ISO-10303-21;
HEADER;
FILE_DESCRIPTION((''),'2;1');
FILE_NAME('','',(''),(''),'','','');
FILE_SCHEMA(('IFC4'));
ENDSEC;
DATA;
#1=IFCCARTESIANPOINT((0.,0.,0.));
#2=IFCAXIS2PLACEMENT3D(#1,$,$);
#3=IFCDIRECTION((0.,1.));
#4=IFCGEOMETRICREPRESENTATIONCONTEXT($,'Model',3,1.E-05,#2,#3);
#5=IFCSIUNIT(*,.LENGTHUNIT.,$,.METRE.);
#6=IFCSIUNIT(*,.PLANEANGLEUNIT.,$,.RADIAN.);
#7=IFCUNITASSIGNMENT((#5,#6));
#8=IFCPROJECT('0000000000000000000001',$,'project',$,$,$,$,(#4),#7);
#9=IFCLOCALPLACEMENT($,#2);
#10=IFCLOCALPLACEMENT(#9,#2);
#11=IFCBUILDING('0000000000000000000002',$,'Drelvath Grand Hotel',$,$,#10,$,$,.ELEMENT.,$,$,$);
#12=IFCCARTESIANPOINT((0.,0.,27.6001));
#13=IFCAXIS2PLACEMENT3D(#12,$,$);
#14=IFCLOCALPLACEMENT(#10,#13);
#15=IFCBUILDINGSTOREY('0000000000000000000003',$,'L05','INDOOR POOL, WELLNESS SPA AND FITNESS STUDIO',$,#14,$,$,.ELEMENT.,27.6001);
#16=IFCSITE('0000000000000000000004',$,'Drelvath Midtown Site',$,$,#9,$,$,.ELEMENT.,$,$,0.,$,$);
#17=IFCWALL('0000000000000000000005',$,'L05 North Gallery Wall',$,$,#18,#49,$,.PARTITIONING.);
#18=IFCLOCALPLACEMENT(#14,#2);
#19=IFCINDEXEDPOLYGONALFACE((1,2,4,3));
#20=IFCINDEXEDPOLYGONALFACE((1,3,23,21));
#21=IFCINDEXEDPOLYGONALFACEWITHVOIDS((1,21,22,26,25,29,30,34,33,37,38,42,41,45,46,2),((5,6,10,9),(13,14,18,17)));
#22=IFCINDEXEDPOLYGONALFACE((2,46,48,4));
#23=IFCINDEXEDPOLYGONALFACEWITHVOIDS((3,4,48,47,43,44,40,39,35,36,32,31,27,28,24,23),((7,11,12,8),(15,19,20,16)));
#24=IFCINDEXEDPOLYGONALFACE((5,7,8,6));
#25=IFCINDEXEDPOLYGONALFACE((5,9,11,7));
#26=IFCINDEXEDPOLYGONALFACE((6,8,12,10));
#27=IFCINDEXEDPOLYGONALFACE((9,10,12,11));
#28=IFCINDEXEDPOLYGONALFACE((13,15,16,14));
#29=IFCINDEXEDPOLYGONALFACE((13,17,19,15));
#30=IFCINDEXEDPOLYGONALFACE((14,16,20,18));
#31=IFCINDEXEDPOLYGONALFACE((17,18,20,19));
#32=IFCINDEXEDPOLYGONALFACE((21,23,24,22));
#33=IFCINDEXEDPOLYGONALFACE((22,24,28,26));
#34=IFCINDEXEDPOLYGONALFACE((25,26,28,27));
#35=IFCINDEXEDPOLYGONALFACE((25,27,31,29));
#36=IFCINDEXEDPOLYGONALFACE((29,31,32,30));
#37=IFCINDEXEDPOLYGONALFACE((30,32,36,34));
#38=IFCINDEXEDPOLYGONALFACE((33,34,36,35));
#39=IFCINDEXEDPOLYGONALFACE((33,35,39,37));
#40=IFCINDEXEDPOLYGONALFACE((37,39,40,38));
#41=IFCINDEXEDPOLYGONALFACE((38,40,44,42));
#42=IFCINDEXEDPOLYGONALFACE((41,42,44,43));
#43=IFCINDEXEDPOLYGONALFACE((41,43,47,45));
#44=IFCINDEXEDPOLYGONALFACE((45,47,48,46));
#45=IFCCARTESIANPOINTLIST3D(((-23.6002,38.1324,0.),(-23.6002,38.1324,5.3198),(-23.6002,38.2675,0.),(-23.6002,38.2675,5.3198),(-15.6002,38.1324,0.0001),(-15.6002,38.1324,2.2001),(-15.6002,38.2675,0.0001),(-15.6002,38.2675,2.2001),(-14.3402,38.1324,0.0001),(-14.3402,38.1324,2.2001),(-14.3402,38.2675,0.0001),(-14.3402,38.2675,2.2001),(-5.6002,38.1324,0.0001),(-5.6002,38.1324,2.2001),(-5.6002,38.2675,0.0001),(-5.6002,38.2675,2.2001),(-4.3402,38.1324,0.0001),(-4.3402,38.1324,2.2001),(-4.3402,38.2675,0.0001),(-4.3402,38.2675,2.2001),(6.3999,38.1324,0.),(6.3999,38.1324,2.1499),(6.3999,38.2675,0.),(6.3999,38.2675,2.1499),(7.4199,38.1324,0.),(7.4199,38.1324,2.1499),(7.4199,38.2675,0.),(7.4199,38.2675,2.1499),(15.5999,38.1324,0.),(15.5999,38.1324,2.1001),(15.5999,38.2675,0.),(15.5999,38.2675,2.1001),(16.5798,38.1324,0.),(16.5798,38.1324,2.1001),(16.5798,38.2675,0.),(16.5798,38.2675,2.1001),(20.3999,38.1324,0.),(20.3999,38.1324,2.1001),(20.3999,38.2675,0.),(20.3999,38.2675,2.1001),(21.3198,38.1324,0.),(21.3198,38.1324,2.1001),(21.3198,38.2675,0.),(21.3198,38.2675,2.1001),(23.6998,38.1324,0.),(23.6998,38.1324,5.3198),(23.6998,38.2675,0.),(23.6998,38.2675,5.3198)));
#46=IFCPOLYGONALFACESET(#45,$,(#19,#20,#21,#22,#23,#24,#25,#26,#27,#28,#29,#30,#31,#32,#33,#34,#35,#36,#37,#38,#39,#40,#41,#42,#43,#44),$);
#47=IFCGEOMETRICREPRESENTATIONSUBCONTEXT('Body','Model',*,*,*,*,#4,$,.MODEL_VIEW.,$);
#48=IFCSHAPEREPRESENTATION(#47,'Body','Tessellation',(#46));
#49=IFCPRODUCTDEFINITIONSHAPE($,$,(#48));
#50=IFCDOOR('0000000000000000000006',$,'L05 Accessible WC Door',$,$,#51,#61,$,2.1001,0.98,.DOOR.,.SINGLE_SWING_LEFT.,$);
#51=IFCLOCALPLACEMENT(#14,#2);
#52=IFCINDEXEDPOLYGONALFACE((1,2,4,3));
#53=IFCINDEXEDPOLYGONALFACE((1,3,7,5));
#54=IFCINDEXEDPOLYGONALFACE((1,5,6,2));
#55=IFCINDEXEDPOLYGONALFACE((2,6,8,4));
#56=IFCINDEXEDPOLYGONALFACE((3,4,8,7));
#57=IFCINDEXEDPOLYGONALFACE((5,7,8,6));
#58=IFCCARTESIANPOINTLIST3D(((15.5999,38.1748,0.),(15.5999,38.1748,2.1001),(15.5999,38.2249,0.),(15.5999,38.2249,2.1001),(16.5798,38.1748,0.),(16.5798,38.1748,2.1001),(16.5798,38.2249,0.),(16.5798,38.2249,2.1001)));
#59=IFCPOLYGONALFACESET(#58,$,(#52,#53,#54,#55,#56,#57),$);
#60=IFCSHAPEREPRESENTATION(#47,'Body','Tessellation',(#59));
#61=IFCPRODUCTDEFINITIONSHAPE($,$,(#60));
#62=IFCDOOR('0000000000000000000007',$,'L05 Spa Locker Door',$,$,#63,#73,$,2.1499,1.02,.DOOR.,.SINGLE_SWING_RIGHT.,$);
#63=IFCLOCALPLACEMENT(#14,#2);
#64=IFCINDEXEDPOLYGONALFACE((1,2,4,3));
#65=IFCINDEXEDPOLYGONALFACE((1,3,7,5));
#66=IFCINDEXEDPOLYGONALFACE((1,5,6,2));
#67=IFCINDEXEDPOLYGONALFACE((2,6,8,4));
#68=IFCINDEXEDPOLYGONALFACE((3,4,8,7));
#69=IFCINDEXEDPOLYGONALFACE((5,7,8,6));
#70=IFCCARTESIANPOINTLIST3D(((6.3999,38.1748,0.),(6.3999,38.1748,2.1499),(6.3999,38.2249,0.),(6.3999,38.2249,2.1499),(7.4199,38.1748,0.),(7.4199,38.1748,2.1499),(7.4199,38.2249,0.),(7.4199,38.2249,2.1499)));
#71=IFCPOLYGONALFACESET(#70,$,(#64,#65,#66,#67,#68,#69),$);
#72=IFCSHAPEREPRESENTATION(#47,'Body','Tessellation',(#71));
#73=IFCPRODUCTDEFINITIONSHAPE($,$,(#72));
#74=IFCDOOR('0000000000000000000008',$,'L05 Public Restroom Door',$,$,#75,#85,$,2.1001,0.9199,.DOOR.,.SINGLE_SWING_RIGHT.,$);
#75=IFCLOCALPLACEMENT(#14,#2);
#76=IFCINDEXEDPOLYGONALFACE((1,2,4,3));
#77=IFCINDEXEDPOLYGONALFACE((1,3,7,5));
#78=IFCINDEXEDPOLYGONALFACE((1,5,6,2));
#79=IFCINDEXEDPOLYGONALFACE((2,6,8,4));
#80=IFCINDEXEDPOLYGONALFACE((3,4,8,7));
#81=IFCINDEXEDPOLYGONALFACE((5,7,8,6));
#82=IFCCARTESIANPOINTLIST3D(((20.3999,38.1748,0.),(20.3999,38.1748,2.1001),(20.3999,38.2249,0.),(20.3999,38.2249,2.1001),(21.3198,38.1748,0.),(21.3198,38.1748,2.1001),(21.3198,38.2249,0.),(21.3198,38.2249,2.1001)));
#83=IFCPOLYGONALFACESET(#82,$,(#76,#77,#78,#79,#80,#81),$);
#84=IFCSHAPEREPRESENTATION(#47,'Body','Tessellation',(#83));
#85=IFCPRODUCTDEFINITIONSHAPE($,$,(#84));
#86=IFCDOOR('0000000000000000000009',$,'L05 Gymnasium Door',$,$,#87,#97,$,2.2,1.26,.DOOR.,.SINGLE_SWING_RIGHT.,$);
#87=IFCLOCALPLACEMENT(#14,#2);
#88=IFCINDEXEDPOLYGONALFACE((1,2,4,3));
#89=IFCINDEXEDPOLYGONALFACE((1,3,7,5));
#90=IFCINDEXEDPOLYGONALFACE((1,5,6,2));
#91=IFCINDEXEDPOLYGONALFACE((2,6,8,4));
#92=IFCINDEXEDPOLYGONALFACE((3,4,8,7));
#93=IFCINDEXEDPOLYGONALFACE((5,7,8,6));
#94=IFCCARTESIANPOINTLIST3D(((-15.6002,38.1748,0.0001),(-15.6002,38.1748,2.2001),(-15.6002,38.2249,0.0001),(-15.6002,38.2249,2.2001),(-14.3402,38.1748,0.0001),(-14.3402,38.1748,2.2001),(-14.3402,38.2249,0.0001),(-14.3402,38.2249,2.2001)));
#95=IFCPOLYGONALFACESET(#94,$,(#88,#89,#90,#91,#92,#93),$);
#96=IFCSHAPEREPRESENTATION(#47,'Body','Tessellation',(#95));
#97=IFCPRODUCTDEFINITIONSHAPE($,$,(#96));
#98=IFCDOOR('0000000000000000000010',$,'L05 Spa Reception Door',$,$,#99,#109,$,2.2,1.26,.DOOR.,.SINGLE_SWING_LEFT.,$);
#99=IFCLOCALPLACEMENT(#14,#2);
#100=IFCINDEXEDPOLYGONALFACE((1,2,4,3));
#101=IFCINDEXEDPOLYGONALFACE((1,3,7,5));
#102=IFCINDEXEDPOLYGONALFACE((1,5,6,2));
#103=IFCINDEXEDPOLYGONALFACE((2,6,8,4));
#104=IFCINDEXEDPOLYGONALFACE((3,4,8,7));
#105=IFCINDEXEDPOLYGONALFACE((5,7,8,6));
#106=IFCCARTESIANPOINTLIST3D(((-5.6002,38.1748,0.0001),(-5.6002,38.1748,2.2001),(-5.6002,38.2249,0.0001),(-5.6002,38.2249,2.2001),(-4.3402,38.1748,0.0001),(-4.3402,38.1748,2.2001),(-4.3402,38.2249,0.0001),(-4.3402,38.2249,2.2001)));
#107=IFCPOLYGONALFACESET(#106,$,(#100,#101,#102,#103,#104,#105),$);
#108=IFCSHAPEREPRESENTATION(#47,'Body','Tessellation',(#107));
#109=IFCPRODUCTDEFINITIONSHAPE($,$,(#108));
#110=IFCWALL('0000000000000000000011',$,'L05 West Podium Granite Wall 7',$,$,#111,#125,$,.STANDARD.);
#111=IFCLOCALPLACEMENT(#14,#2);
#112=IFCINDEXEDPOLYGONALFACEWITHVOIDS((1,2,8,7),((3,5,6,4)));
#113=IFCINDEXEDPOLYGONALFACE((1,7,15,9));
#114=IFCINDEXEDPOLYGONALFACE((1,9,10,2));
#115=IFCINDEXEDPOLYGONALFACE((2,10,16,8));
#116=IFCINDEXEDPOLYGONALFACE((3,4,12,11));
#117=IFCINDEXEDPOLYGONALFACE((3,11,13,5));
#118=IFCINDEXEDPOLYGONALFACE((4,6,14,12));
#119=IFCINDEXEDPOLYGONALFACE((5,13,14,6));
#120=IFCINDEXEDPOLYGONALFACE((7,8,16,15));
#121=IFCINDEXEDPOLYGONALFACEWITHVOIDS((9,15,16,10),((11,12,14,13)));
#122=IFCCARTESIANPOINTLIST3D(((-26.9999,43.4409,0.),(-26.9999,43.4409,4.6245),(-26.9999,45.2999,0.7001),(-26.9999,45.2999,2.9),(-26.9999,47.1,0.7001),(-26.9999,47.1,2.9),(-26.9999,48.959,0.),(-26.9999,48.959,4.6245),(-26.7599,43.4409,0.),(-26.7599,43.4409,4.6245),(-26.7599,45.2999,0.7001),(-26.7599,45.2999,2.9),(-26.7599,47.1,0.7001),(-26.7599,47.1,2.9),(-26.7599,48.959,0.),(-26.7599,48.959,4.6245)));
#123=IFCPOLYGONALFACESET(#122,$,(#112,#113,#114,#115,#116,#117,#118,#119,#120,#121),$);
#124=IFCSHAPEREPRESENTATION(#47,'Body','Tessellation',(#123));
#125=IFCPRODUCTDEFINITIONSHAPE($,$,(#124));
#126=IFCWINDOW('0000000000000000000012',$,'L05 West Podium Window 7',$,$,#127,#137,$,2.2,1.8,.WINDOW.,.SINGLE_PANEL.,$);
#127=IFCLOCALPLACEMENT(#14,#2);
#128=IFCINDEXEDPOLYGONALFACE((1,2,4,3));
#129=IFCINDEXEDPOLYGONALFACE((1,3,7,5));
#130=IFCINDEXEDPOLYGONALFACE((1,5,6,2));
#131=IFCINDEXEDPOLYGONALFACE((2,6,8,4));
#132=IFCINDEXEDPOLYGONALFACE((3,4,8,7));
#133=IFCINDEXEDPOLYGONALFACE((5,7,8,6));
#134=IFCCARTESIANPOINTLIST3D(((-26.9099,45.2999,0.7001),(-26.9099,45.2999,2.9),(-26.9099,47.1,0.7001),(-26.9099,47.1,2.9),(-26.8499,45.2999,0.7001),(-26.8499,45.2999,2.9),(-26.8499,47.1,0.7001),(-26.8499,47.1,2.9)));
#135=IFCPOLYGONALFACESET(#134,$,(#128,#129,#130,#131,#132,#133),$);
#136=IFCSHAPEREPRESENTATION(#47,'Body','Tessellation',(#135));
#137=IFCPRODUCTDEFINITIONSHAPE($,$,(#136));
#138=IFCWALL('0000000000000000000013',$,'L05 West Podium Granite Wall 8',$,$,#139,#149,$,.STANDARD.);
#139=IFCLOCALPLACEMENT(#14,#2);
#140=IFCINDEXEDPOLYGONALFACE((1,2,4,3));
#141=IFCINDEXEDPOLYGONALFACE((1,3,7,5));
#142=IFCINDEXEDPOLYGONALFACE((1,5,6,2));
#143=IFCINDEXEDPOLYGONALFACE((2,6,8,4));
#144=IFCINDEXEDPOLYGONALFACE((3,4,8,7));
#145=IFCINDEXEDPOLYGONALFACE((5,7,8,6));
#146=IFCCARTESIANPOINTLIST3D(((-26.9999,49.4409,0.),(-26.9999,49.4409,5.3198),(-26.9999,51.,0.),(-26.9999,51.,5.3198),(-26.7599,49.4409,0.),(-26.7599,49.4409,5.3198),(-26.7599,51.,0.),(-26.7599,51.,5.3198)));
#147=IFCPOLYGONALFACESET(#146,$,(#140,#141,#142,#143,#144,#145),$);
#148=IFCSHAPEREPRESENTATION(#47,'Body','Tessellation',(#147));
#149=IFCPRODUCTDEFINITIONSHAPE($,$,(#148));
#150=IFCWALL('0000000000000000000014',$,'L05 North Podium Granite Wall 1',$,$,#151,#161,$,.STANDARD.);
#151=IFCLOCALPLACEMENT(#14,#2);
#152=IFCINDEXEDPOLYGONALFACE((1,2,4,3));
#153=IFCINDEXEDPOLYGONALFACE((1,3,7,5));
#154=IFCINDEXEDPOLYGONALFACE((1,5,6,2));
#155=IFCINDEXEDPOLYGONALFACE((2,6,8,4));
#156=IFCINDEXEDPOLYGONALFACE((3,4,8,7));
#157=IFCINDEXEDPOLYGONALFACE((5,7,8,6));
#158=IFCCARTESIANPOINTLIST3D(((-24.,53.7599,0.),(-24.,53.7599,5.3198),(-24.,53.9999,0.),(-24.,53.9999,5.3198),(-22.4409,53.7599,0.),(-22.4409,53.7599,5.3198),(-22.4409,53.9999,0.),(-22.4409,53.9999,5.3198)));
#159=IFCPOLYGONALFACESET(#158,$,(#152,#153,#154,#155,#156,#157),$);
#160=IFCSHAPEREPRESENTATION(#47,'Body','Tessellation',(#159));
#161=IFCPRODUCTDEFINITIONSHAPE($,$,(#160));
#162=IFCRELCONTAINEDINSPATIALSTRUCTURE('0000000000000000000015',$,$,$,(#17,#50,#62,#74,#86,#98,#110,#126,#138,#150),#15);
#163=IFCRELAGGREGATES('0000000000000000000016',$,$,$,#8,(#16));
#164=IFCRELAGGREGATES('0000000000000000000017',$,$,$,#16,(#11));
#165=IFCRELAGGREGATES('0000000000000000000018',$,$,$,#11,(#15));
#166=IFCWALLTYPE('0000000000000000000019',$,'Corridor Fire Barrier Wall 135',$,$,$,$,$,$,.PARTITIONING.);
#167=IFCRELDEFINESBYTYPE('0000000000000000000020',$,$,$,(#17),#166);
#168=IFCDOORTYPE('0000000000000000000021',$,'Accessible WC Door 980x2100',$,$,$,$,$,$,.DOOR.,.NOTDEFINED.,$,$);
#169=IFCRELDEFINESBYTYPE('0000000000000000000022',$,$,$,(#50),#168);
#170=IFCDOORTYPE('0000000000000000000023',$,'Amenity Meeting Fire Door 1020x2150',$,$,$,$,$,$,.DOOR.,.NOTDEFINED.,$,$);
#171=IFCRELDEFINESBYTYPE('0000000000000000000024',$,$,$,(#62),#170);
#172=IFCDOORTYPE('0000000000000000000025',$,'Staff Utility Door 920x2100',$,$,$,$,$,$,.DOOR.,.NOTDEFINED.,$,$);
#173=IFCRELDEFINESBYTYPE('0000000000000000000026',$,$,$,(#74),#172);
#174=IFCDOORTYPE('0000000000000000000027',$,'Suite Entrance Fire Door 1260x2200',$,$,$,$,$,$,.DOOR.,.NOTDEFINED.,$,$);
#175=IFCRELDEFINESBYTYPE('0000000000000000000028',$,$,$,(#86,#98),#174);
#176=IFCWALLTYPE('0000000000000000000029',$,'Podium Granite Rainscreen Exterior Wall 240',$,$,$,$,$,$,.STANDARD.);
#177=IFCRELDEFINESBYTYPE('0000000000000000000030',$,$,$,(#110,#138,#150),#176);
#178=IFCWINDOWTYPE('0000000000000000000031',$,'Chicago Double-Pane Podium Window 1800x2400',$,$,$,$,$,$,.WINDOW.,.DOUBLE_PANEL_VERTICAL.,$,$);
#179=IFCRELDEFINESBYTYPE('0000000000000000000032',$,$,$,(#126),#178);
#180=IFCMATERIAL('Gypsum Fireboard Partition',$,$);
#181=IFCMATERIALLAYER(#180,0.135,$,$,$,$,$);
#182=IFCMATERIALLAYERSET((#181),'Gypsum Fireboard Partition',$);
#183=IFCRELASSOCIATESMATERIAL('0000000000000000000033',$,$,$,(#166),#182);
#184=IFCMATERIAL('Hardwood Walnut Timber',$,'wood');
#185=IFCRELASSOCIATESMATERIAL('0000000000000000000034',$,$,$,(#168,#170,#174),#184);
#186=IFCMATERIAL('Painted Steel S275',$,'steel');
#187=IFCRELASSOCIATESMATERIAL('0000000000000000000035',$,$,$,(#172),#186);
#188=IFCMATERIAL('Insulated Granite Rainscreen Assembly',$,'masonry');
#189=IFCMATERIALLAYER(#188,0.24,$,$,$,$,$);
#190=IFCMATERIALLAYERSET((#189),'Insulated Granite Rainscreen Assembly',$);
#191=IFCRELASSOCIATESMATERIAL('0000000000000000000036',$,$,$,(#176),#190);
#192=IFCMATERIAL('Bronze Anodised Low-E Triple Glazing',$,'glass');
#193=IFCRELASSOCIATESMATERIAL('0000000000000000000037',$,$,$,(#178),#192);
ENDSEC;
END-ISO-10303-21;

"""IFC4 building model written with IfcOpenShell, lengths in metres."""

from ifc_helpers import new_model, si_unit, direction, frame, frame_2d, origin, place, context, subcontext, project, spatial, rectangle, extrude, material, layer, layer_set, type_object, element, fill, save


model = new_model("IFC4")

# Units and contexts
model_context = context("Model", 3, precision=1e-05, world=origin(), true_north=direction((0.0, 1.0)))
body_context = subcontext(model_context, "Body", "Model", "MODEL_VIEW")
ifc_project = project(units=[si_unit("LENGTHUNIT", "METRE"), si_unit("PLANEANGLEUNIT", "RADIAN")], contexts=[model_context])

# Site, building, storey
site_placement = place(None, origin())
site = spatial("IfcSite", under=ifc_project, at=site_placement, Name="Drelvath Midtown Site", CompositionType="ELEMENT", RefElevation=0.0)
building_placement = place(site_placement, origin())
building = spatial("IfcBuilding", under=site, at=building_placement, Name="Drelvath Grand Hotel", CompositionType="ELEMENT")
storey_placement = place(building_placement, frame((0.0, 0.0, 27.6001)))
storey = spatial("IfcBuildingStorey", under=building, at=storey_placement, Name="L05", Description="INDOOR POOL, WELLNESS SPA AND FITNESS STUDIO", CompositionType="ELEMENT", Elevation=27.6001)

# Wall, openings, doors
ifc_material_1 = material(Name="Gypsum Fireboard Partition")
ifc_layer_1 = layer(ifc_material_1, 0.135)
ifc_layer_set_1 = layer_set([ifc_layer_1], Name="Gypsum Fireboard Partition")
wall_type_1 = type_object("IfcWallType", Name="Corridor Fire Barrier Wall 135", PredefinedType="PARTITIONING", material=ifc_layer_set_1)
wall_1_placement = place(storey_placement, frame((-23.6001, 38.2, 0.0), z_axis=(0.0, 0.0, 1.0), x_axis=(1.0, 0.0, 0.0)))
wall_1 = element("IfcWall", 1, at=wall_1_placement, inside=storey, type_object=wall_type_1, Name="L05 North Gallery Wall", PredefinedType="PARTITIONING", context=body_context, shape_type="SweptSolid", body=[
    extrude(rectangle(XDim=47.3, YDim=0.135, at=frame_2d((23.6499, 0.0))), origin(), (0.0, 0.0, 1.0), 5.3198),
])
opening_1_placement = place(wall_1_placement, frame((39.2, 0.0, 0.0)))
opening_1 = element("IfcOpeningElement", 2, at=opening_1_placement, cuts=wall_1, PredefinedType="OPENING", context=body_context, shape_type="SweptSolid", body=[
    extrude(rectangle(XDim=0.98, YDim=2.1001, at=frame_2d((0.49, 1.05))), frame((0.0, 0.0774, 0.0), z_axis=(0.0, -1.0, 0.0), x_axis=(1.0, 0.0, 0.0)), (0.0, 0.0, 1.0), 0.155),
])
opening_2_placement = place(wall_1_placement, frame((44.0, 0.0, 0.0)))
opening_2 = element("IfcOpeningElement", 3, at=opening_2_placement, cuts=wall_1, PredefinedType="OPENING", context=body_context, shape_type="SweptSolid", body=[
    extrude(rectangle(XDim=0.9199, YDim=2.1001, at=frame_2d((0.46, 1.05))), frame((0.0, 0.0774, 0.0), z_axis=(0.0, -1.0, 0.0), x_axis=(1.0, 0.0, 0.0)), (0.0, 0.0, 1.0), 0.155),
])
opening_3_placement = place(wall_1_placement, frame((8.0, 0.0, 0.0)))
opening_3 = element("IfcOpeningElement", 4, at=opening_3_placement, cuts=wall_1, PredefinedType="OPENING", context=body_context, shape_type="SweptSolid", body=[
    extrude(rectangle(XDim=1.26, YDim=2.2, at=frame_2d((0.6299, 1.1001))), frame((0.0, 0.0774, 0.0), z_axis=(0.0, -1.0, 0.0), x_axis=(1.0, 0.0, 0.0)), (0.0, 0.0, 1.0), 0.155),
])
opening_4_placement = place(wall_1_placement, frame((18.0, 0.0, 0.0)))
opening_4 = element("IfcOpeningElement", 5, at=opening_4_placement, cuts=wall_1, PredefinedType="OPENING", context=body_context, shape_type="SweptSolid", body=[
    extrude(rectangle(XDim=1.26, YDim=2.2, at=frame_2d((0.6299, 1.1001))), frame((0.0, 0.0774, 0.0), z_axis=(0.0, -1.0, 0.0), x_axis=(1.0, 0.0, 0.0)), (0.0, 0.0, 1.0), 0.155),
])
opening_5_placement = place(wall_1_placement, frame((30.0, 0.0, 0.0)))
opening_5 = element("IfcOpeningElement", 6, at=opening_5_placement, cuts=wall_1, PredefinedType="OPENING", context=body_context, shape_type="SweptSolid", body=[
    extrude(rectangle(XDim=1.02, YDim=2.1499, at=frame_2d((0.51, 1.075))), frame((0.0, 0.0774, 0.0), z_axis=(0.0, -1.0, 0.0), x_axis=(1.0, 0.0, 0.0)), (0.0, 0.0, 1.0), 0.155),
])
ifc_material_2 = material(Name="Hardwood Walnut Timber", Category="wood")
door_type_1 = type_object("IfcDoorType", Name="Accessible WC Door 980x2100", OperationType="NOTDEFINED", PredefinedType="DOOR", material=ifc_material_2)
door_1_placement = place(opening_1_placement, origin())
door_1 = element("IfcDoor", 7, at=door_1_placement, inside=storey, type_object=door_type_1, Name="L05 Accessible WC Door", OperationType="SINGLE_SWING_LEFT", OverallHeight=2.1001, OverallWidth=0.98, PredefinedType="DOOR", context=body_context, shape_type="SweptSolid", body=[
    extrude(rectangle(XDim=0.98, YDim=2.1001, at=frame_2d((0.49, 1.05))), frame((0.0, 0.0249, 0.0), z_axis=(0.0, -1.0, 0.0), x_axis=(1.0, 0.0, 0.0)), (0.0, 0.0, 1.0), 0.05),
])
fill(opening_1, door_1)
door_type_2 = type_object("IfcDoorType", Name="Amenity Meeting Fire Door 1020x2150", OperationType="NOTDEFINED", PredefinedType="DOOR", material=ifc_material_2)
door_2_placement = place(opening_5_placement, origin())
door_2 = element("IfcDoor", 8, at=door_2_placement, inside=storey, type_object=door_type_2, Name="L05 Spa Locker Door", OperationType="SINGLE_SWING_RIGHT", OverallHeight=2.1499, OverallWidth=1.02, PredefinedType="DOOR", context=body_context, shape_type="SweptSolid", body=[
    extrude(rectangle(XDim=1.02, YDim=2.1499, at=frame_2d((0.51, 1.075))), frame((0.0, 0.0249, 0.0), z_axis=(0.0, -1.0, 0.0), x_axis=(1.0, 0.0, 0.0)), (0.0, 0.0, 1.0), 0.05),
])
fill(opening_5, door_2)
ifc_material_3 = material(Name="Painted Steel S275", Category="steel")
door_type_3 = type_object("IfcDoorType", Name="Staff Utility Door 920x2100", OperationType="NOTDEFINED", PredefinedType="DOOR", material=ifc_material_3)
door_3_placement = place(opening_2_placement, origin())
door_3 = element("IfcDoor", 9, at=door_3_placement, inside=storey, type_object=door_type_3, Name="L05 Public Restroom Door", OperationType="SINGLE_SWING_RIGHT", OverallHeight=2.1001, OverallWidth=0.9199, PredefinedType="DOOR", context=body_context, shape_type="SweptSolid", body=[
    extrude(rectangle(XDim=0.9199, YDim=2.1001, at=frame_2d((0.46, 1.05))), frame((0.0, 0.0249, 0.0), z_axis=(0.0, -1.0, 0.0), x_axis=(1.0, 0.0, 0.0)), (0.0, 0.0, 1.0), 0.05),
])
fill(opening_2, door_3)
door_type_4 = type_object("IfcDoorType", Name="Suite Entrance Fire Door 1260x2200", OperationType="NOTDEFINED", PredefinedType="DOOR", material=ifc_material_2)
door_4_placement = place(opening_3_placement, origin())
door_4 = element("IfcDoor", 10, at=door_4_placement, inside=storey, type_object=door_type_4, Name="L05 Gymnasium Door", OperationType="SINGLE_SWING_RIGHT", OverallHeight=2.2, OverallWidth=1.26, PredefinedType="DOOR", context=body_context, shape_type="SweptSolid", body=[
    extrude(rectangle(XDim=1.26, YDim=2.2, at=frame_2d((0.6299, 1.1001))), frame((0.0, 0.0249, 0.0), z_axis=(0.0, -1.0, 0.0), x_axis=(1.0, 0.0, 0.0)), (0.0, 0.0, 1.0), 0.05),
])
fill(opening_3, door_4)
door_5_placement = place(opening_4_placement, origin())
door_5 = element("IfcDoor", 11, at=door_5_placement, inside=storey, type_object=door_type_4, Name="L05 Spa Reception Door", OperationType="SINGLE_SWING_LEFT", OverallHeight=2.2, OverallWidth=1.26, PredefinedType="DOOR", context=body_context, shape_type="SweptSolid", body=[
    extrude(rectangle(XDim=1.26, YDim=2.2, at=frame_2d((0.6299, 1.1001))), frame((0.0, 0.0249, 0.0), z_axis=(0.0, -1.0, 0.0), x_axis=(1.0, 0.0, 0.0)), (0.0, 0.0, 1.0), 0.05),
])
fill(opening_4, door_5)

# Wall, opening, window
ifc_material_4 = material(Name="Insulated Granite Rainscreen Assembly", Category="masonry")
ifc_layer_2 = layer(ifc_material_4, 0.24)
ifc_layer_set_2 = layer_set([ifc_layer_2], Name="Insulated Granite Rainscreen Assembly")
wall_type_2 = type_object("IfcWallType", Name="Podium Granite Rainscreen Exterior Wall 240", PredefinedType="STANDARD", material=ifc_layer_set_2)
wall_2_placement = place(storey_placement, frame((-26.8799, 43.4409, 0.0), z_axis=(0.0, 0.0, 1.0), x_axis=(0.0, 1.0, 0.0)))
wall_2 = element("IfcWall", 12, at=wall_2_placement, inside=storey, type_object=wall_type_2, Name="L05 West Podium Granite Wall 7", PredefinedType="STANDARD", context=body_context, shape_type="SweptSolid", body=[
    extrude(rectangle(XDim=5.5181, YDim=0.24, at=frame_2d((2.759, 0.0))), origin(), (0.0, 0.0, 1.0), 4.6245),
])
opening_6_placement = place(wall_2_placement, frame((1.8591, 0.0, 0.7)))
opening_6 = element("IfcOpeningElement", 13, at=opening_6_placement, cuts=wall_2, PredefinedType="OPENING", context=body_context, shape_type="SweptSolid", body=[
    extrude(rectangle(XDim=1.8, YDim=2.2, at=frame_2d((0.8999, 1.1001))), frame((0.0, 0.1299, 0.0), z_axis=(0.0, -1.0, 0.0), x_axis=(1.0, 0.0, 0.0)), (0.0, 0.0, 1.0), 0.26),
])
ifc_material_5 = material(Name="Bronze Anodised Low-E Triple Glazing", Category="glass")
window_type_1 = type_object("IfcWindowType", Name="Chicago Double-Pane Podium Window 1800x2400", PartitioningType="DOUBLE_PANEL_VERTICAL", PredefinedType="WINDOW", material=ifc_material_5)
window_1_placement = place(opening_6_placement, origin())
window_1 = element("IfcWindow", 14, at=window_1_placement, inside=storey, type_object=window_type_1, Name="L05 West Podium Window 7", OverallHeight=2.2, OverallWidth=1.8, PartitioningType="SINGLE_PANEL", PredefinedType="WINDOW", context=body_context, shape_type="SweptSolid", body=[
    extrude(rectangle(XDim=1.8, YDim=2.2, at=frame_2d((0.8999, 1.1001))), frame((0.0, 0.03, 0.0), z_axis=(0.0, -1.0, 0.0), x_axis=(1.0, 0.0, 0.0)), (0.0, 0.0, 1.0), 0.0601),
])
fill(opening_6, window_1)

# Walls
for number, where, z_axis, x_axis, name in (
    (15, (-26.8799, 49.4409, 0.0), (0.0, 0.0, 1.0), (0.0, 1.0, 0.0), "L05 West Podium Granite Wall 8"),
    (16, (-24.0, 53.8799, 0.0), (0.0, 0.0, 1.0), (1.0, 0.0, 0.0), "L05 North Podium Granite Wall 1"),
):
    element("IfcWall", number, at=place(storey_placement, frame(where, z_axis=z_axis, x_axis=x_axis)), inside=storey, type_object=wall_type_2, Name=name, PredefinedType="STANDARD", context=body_context, shape_type="SweptSolid", body=[
        extrude(rectangle(XDim=1.5591, YDim=0.24, at=frame_2d((0.7795, 0.0))), origin(), (0.0, 0.0, 1.0), 5.3198),
    ])

save(model, "model.ifc")
